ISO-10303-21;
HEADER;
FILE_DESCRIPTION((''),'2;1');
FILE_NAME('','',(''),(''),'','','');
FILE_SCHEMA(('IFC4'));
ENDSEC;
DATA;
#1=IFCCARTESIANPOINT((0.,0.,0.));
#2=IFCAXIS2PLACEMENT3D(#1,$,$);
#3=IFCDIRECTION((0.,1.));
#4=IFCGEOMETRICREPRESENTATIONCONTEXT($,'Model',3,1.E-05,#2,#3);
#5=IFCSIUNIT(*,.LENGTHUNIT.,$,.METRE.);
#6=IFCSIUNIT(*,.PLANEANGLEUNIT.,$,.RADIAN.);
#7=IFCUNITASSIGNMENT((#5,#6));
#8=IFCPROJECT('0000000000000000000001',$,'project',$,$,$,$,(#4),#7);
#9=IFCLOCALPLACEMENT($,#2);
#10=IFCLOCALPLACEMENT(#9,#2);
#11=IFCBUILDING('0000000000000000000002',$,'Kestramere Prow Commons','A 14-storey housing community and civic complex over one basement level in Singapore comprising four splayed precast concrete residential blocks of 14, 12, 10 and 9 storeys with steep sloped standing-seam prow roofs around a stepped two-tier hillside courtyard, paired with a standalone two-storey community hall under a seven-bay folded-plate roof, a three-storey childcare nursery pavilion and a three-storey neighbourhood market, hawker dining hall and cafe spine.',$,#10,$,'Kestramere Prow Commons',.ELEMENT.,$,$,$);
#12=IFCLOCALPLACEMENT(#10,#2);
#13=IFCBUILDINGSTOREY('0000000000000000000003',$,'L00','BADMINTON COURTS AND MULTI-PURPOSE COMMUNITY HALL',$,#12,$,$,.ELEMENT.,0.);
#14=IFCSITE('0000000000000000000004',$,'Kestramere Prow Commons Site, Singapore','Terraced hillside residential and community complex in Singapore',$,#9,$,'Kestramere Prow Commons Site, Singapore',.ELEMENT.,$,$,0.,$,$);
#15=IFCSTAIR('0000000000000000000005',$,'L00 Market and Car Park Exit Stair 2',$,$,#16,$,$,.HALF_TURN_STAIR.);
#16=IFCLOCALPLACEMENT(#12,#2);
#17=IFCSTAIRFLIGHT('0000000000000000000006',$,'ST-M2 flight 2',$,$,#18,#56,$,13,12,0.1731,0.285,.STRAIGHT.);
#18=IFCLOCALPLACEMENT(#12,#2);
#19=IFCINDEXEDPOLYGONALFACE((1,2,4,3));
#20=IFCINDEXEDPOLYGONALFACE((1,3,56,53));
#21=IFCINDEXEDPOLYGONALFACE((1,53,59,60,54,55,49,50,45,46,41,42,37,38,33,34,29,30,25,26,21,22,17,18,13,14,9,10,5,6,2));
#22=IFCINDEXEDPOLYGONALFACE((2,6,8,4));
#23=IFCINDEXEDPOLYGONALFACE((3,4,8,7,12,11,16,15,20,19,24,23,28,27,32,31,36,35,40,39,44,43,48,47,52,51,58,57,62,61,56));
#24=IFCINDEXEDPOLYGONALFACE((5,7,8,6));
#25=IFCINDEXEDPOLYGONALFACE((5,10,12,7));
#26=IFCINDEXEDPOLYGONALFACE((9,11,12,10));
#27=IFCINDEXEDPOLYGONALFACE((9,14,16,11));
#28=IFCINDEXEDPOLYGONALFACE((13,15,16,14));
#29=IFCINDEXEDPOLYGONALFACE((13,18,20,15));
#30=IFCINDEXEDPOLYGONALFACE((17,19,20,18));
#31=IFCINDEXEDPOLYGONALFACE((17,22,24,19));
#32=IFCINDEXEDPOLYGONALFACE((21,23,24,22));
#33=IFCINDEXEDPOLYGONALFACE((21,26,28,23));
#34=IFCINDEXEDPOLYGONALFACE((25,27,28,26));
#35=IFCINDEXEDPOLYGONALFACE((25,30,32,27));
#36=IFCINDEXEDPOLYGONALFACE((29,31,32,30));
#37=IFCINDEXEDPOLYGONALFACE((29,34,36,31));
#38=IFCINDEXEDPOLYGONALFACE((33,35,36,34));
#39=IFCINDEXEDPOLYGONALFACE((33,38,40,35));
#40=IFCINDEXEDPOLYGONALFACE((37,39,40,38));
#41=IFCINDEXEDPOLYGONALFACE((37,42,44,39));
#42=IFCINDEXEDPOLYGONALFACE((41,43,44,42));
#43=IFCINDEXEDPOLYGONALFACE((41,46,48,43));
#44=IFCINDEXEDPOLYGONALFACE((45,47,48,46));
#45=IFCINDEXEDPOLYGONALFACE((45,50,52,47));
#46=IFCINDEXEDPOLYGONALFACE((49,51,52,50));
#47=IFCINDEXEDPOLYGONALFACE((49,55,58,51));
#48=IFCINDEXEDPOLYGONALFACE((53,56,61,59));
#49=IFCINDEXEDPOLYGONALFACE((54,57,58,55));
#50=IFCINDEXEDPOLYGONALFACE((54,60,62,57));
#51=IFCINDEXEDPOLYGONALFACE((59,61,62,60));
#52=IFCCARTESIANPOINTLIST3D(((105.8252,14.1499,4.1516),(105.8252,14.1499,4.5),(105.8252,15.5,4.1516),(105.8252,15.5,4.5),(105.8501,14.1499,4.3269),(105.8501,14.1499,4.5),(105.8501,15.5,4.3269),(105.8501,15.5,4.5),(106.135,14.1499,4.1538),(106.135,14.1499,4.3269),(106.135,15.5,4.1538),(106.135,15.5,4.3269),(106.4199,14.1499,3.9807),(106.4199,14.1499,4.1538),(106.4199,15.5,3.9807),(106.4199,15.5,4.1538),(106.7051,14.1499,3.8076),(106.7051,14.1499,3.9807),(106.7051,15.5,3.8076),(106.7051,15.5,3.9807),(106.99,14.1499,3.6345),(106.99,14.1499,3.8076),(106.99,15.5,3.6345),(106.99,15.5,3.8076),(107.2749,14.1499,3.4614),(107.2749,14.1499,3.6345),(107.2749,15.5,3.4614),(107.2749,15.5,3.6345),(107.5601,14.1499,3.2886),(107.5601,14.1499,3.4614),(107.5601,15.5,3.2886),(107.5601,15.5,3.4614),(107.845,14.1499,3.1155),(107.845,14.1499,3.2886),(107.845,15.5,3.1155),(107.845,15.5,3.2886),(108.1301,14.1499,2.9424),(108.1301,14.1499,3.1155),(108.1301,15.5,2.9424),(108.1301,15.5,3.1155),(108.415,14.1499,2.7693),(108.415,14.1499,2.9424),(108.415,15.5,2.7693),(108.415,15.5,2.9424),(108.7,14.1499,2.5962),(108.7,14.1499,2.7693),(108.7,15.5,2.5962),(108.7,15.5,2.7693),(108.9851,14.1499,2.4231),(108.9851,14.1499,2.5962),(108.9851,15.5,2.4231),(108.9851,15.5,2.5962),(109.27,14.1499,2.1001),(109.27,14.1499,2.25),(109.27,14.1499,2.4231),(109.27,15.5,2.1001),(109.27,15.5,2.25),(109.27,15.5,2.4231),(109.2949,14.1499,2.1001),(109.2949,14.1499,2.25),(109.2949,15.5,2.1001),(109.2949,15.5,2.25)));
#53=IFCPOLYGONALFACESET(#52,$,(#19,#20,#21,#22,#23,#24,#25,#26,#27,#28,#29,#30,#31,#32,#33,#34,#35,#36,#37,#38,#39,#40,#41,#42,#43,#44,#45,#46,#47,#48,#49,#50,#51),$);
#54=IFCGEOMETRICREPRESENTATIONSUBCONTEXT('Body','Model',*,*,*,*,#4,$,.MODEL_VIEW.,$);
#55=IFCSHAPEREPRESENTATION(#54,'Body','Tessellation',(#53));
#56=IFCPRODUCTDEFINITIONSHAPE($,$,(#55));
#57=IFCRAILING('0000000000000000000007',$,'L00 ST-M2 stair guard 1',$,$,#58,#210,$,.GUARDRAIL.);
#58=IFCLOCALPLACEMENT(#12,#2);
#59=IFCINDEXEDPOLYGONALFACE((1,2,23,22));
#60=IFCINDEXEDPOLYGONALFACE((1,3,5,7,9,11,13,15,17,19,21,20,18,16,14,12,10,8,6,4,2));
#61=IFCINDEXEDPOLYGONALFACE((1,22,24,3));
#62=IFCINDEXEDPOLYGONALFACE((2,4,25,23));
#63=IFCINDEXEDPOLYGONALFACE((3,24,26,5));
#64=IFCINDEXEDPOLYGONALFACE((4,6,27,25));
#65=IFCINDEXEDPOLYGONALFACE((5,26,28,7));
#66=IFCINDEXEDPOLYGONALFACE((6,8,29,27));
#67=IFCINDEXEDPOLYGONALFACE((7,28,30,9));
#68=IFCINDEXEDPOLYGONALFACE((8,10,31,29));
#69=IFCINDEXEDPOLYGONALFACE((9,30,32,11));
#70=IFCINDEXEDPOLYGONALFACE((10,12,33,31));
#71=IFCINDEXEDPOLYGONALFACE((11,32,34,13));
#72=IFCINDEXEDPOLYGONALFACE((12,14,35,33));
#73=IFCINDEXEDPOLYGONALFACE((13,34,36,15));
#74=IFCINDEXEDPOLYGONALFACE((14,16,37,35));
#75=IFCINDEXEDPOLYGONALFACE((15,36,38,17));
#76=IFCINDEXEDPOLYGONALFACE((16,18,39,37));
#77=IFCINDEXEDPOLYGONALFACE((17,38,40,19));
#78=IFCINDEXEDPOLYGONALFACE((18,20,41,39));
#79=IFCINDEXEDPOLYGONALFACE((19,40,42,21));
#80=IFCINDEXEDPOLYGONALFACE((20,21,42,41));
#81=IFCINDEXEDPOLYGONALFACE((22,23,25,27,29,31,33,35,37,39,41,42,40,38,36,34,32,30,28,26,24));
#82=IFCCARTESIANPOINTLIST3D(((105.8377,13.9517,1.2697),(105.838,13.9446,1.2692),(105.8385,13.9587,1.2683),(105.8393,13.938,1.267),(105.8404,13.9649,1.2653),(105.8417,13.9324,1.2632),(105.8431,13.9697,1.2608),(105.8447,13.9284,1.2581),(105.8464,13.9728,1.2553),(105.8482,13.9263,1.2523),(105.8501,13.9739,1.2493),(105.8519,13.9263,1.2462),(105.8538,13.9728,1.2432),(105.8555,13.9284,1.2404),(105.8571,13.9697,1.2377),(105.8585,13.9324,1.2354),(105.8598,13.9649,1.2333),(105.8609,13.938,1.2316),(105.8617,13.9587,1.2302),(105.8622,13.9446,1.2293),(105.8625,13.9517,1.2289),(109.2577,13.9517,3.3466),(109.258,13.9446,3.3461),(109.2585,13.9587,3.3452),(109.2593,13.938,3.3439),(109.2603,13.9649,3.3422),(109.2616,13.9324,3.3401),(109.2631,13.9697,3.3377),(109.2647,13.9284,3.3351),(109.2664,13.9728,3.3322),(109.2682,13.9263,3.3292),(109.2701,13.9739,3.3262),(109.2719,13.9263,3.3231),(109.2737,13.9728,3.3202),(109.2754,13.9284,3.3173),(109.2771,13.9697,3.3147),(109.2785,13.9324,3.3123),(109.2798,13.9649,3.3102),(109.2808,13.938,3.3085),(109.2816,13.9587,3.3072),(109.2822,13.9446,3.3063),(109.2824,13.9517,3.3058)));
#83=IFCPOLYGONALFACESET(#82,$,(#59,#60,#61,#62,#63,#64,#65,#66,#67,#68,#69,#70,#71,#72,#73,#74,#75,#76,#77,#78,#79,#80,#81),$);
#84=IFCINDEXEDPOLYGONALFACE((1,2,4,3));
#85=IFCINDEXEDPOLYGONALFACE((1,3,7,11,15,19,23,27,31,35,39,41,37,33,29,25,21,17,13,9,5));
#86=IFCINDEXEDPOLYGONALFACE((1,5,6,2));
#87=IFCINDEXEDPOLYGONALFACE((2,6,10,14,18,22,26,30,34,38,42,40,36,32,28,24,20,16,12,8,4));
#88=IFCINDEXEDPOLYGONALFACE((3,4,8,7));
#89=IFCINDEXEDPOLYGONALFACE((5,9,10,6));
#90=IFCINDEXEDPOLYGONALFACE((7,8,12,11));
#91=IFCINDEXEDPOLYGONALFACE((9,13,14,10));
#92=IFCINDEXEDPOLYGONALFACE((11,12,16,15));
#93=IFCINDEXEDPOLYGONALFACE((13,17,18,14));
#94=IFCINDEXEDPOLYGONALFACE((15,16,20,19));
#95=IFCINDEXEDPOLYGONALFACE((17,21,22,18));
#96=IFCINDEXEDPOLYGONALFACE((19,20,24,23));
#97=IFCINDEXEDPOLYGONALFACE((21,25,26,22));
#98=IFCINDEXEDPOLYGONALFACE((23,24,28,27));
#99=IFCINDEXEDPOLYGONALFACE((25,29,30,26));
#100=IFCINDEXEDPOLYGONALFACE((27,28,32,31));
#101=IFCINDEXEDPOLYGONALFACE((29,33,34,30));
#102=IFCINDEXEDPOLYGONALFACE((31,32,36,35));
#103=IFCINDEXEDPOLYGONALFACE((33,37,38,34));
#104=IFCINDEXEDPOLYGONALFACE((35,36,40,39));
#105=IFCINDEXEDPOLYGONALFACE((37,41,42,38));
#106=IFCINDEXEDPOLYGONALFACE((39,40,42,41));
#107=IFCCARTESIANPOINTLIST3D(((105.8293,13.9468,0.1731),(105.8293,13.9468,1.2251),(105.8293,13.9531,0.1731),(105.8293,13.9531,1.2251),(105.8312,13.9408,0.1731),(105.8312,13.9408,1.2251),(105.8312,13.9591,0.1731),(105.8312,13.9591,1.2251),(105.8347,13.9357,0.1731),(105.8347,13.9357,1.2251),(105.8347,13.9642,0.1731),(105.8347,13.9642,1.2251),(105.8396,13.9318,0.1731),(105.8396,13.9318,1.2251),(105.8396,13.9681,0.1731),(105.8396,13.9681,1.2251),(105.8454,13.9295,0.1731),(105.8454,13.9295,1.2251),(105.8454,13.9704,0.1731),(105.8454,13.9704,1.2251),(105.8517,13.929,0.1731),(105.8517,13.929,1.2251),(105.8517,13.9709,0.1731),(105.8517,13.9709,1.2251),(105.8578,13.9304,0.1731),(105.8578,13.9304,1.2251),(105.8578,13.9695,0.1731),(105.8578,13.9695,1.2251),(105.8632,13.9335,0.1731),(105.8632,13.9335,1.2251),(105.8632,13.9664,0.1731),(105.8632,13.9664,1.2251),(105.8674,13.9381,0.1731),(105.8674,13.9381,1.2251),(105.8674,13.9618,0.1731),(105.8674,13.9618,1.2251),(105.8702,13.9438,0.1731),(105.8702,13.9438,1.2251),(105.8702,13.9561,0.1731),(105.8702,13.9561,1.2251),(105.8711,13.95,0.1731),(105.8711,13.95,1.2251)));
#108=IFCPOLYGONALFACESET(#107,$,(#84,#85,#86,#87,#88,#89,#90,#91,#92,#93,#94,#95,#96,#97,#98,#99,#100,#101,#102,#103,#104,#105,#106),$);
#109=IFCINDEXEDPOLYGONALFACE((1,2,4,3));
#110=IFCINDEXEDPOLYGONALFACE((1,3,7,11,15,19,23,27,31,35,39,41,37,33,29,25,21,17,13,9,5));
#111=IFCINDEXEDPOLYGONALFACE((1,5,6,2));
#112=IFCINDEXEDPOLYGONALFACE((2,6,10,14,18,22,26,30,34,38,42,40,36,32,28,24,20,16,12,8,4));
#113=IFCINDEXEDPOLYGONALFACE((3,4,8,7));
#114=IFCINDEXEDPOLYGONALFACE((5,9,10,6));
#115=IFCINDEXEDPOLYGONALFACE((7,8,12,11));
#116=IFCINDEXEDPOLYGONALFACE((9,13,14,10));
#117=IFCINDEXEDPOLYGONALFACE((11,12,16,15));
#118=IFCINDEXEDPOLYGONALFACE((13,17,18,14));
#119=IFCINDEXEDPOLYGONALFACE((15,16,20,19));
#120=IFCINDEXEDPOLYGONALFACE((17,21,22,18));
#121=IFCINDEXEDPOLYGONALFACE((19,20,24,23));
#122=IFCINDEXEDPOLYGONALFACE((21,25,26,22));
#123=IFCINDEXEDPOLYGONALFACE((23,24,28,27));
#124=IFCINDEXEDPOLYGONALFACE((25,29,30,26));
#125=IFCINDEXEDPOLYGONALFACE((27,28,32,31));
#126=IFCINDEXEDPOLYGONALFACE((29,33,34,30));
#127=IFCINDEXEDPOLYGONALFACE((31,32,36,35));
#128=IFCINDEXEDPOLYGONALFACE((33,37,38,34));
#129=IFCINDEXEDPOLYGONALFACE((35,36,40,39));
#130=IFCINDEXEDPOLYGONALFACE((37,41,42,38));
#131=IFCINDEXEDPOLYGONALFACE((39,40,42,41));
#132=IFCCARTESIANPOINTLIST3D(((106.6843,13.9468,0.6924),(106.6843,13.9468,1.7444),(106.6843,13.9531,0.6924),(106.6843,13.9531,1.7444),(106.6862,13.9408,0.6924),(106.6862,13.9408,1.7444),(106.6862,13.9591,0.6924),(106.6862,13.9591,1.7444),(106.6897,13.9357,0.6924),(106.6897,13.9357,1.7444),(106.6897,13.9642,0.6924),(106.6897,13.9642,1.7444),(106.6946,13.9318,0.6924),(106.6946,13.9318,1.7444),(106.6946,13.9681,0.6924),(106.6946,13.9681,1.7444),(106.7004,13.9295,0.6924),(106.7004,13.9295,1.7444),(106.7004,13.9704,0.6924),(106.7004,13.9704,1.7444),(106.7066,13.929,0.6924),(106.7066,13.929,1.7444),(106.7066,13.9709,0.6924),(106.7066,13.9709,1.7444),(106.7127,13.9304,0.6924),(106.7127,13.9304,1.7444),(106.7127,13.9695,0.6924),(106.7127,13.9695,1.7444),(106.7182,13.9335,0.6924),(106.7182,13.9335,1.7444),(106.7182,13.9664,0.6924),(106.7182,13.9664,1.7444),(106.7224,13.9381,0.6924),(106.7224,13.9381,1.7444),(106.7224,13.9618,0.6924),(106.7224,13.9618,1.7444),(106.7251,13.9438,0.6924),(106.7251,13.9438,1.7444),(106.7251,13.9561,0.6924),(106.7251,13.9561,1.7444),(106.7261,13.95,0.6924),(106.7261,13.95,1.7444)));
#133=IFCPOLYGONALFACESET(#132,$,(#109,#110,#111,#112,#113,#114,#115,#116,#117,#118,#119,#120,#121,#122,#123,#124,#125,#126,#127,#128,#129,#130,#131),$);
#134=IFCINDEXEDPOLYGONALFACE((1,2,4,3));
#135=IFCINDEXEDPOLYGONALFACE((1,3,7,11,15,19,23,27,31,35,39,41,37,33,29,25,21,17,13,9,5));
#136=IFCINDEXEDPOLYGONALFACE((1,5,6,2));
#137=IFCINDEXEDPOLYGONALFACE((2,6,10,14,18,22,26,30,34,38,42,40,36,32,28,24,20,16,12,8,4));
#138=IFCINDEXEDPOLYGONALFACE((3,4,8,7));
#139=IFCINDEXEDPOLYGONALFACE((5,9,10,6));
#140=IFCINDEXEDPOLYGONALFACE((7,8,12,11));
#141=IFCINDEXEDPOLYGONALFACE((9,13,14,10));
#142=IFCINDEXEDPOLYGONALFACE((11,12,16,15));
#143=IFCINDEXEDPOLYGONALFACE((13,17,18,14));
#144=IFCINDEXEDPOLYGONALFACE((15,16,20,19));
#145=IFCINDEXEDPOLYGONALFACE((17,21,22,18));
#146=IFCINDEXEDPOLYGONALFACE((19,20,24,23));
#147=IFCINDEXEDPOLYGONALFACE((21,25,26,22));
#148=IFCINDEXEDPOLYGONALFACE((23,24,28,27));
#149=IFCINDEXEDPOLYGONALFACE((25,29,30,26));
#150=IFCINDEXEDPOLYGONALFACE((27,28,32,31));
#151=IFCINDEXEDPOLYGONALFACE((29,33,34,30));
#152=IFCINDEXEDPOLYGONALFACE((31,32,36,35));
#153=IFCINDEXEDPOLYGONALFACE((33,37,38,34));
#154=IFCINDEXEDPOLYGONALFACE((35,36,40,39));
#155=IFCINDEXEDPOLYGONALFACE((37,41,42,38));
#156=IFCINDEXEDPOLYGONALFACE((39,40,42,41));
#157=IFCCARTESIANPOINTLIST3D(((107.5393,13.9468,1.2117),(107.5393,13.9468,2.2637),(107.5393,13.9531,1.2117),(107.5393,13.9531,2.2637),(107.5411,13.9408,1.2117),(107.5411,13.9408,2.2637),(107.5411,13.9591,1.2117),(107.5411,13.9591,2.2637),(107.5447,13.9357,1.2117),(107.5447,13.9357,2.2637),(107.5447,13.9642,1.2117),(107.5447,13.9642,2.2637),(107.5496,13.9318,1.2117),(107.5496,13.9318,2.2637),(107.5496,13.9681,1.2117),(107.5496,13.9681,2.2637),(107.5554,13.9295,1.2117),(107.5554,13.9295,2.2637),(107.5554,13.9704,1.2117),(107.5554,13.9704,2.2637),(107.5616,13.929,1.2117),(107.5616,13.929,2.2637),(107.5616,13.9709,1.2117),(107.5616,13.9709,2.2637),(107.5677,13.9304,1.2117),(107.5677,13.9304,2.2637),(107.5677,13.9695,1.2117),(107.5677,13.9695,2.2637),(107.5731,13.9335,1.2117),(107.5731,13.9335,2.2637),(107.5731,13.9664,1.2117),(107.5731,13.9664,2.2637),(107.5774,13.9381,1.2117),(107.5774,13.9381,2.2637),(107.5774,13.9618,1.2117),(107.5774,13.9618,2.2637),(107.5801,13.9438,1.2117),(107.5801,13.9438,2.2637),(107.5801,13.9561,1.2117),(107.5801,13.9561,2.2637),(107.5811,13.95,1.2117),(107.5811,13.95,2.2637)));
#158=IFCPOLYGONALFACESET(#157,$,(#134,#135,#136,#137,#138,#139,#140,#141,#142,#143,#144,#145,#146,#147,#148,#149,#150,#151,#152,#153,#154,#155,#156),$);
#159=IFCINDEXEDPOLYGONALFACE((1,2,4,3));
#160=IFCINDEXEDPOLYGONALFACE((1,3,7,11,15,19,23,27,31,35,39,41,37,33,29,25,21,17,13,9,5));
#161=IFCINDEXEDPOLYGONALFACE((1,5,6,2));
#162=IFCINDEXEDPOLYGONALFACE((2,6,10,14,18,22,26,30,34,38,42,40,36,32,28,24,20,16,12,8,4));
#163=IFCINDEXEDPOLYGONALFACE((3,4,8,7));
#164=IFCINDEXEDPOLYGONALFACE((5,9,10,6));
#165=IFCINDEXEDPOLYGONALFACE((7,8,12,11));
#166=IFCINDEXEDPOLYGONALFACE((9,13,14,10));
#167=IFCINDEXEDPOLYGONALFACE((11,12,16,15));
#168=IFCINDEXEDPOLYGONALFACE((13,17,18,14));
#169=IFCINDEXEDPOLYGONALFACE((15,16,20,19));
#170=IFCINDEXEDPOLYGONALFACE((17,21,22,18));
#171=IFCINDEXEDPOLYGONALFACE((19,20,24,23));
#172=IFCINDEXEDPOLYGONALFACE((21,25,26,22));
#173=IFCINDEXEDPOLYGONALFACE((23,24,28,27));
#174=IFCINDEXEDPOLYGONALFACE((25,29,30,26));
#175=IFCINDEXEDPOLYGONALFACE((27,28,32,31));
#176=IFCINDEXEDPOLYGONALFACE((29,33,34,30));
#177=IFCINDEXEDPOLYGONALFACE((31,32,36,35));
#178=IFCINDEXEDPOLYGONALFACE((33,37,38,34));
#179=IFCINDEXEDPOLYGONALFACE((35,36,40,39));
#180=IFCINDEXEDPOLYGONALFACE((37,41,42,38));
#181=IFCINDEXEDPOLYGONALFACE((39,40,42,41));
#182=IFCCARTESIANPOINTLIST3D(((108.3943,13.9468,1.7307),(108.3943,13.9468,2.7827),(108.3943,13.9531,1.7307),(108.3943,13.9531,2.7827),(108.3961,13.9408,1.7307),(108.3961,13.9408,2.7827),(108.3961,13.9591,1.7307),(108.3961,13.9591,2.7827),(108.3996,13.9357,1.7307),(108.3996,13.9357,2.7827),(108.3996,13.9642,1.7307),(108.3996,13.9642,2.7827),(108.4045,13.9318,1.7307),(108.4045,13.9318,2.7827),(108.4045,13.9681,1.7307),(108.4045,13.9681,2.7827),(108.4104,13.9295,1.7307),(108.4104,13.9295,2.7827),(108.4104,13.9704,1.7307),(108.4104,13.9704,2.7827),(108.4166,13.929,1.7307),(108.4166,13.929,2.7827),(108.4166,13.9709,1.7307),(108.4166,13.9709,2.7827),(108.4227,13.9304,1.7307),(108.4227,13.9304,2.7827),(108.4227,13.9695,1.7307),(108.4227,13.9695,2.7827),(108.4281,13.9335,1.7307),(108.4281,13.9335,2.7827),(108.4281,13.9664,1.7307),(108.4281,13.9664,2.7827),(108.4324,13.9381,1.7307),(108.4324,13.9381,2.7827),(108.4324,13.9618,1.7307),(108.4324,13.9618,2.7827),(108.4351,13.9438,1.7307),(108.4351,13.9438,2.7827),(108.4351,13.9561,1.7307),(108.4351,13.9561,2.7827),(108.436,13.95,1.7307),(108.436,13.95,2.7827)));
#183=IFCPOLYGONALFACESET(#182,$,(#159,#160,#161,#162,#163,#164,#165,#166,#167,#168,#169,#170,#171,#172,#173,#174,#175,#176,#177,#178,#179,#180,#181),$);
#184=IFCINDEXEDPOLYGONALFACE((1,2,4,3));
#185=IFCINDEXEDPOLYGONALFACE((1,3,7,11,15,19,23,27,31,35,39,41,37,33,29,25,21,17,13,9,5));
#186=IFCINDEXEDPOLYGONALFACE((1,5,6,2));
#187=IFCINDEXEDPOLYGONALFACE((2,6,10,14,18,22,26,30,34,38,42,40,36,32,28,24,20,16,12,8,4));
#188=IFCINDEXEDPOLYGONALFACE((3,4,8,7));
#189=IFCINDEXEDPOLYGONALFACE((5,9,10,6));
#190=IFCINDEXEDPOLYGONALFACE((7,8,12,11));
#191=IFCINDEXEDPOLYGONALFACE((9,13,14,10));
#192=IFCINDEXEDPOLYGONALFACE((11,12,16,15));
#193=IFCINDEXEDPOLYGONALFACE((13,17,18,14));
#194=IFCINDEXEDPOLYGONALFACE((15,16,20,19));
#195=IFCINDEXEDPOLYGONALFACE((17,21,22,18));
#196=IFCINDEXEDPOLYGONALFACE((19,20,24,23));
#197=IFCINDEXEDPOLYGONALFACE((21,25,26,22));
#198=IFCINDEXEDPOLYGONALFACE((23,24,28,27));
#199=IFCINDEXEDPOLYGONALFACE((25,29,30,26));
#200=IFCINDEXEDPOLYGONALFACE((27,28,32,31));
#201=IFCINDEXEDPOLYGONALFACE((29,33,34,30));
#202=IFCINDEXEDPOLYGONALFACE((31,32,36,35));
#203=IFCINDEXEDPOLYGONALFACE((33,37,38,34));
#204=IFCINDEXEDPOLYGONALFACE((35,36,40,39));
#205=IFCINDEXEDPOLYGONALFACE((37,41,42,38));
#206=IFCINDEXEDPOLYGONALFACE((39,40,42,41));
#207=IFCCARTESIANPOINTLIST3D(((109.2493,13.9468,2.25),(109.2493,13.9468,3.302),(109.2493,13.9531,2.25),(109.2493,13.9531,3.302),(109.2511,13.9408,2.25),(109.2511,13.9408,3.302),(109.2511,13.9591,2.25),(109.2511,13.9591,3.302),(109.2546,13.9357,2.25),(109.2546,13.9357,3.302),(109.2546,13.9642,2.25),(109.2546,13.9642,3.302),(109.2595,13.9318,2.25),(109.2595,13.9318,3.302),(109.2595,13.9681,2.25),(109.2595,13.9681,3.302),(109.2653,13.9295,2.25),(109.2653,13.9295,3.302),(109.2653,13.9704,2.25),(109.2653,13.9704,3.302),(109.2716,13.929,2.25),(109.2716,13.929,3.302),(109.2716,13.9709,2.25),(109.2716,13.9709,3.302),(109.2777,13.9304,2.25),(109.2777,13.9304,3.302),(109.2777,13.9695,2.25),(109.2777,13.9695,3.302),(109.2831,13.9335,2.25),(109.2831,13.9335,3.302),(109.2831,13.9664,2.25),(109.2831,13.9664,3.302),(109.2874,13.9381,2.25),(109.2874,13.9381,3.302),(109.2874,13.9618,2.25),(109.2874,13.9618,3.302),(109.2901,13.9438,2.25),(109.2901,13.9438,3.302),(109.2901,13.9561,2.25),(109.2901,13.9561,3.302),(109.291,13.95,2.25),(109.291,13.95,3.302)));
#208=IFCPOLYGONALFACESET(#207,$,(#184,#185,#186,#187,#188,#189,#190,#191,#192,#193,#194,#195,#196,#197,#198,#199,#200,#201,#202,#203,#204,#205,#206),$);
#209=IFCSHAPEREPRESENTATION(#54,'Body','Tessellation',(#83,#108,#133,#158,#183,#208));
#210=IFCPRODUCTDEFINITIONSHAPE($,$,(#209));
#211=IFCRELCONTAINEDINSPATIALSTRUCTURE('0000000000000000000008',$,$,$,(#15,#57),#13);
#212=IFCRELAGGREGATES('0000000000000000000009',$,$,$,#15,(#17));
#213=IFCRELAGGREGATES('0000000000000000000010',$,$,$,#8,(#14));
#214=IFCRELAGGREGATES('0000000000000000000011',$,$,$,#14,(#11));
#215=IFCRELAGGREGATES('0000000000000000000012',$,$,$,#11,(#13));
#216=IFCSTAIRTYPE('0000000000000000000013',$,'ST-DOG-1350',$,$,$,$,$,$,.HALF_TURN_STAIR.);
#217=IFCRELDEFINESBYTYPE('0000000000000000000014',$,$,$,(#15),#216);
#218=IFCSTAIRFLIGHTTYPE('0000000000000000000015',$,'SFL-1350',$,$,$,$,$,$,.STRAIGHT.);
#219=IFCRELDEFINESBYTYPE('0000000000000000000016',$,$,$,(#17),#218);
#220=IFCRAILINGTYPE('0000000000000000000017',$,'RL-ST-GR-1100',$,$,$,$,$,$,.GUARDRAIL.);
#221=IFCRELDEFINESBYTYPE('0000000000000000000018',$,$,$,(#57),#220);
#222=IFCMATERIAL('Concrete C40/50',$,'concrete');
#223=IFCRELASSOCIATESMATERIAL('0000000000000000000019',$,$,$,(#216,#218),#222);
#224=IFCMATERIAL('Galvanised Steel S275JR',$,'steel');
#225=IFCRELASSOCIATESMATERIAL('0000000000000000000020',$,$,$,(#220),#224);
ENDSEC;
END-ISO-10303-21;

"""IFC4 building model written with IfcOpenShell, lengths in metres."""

from ifc_helpers import new_model, si_unit, direction, frame, origin, origin_2d, place, context, subcontext, project, spatial, polyline, circle, outline, extrude, material, type_object, element, aggregate, save


model = new_model("IFC4")

# Units and contexts
model_context = context("Model", 3, precision=1e-05, world=origin(), true_north=direction((0.0, 1.0)))
body_context = subcontext(model_context, "Body", "Model", "MODEL_VIEW")
ifc_project = project(units=[si_unit("LENGTHUNIT", "METRE"), si_unit("PLANEANGLEUNIT", "RADIAN")], contexts=[model_context])

# Site, building, storey
site_placement = place(None, origin())
site = spatial("IfcSite", under=ifc_project, at=site_placement, Name="Kestramere Prow Commons Site, Singapore", Description="Terraced hillside residential and community complex in Singapore", LongName="Kestramere Prow Commons Site, Singapore", CompositionType="ELEMENT", RefElevation=0.0)
building_placement = place(site_placement, origin())
building = spatial("IfcBuilding", under=site, at=building_placement, Name="Kestramere Prow Commons", Description="A 14-storey housing community and civic complex over one basement level in Singapore comprising four splayed precast concrete residential blocks of 14, 12, 10 and 9 storeys with steep sloped standing-seam prow roofs around a stepped two-tier hillside courtyard, paired with a standalone two-storey community hall under a seven-bay folded-plate roof, a three-storey childcare nursery pavilion and a three-storey neighbourhood market, hawker dining hall and cafe spine.", LongName="Kestramere Prow Commons", CompositionType="ELEMENT")
storey_placement = place(building_placement, origin())
storey = spatial("IfcBuildingStorey", under=building, at=storey_placement, Name="L00", Description="BADMINTON COURTS AND MULTI-PURPOSE COMMUNITY HALL", CompositionType="ELEMENT", Elevation=0.0)

# Shared definitions
ifc_material_1 = material(Name="Concrete C40/50", Category="concrete")

# Stair, stair flight
stair_type = type_object("IfcStairType", Name="ST-DOG-1350", PredefinedType="HALF_TURN_STAIR", material=ifc_material_1)
stair_placement = place(storey_placement, origin())
stair = element("IfcStair", 1, at=stair_placement, inside=storey, type_object=stair_type, Name="L00 Market and Car Park Exit Stair 2", PredefinedType="HALF_TURN_STAIR")
stair_flight_type = type_object("IfcStairFlightType", Name="SFL-1350", PredefinedType="STRAIGHT", material=ifc_material_1)
stair_flight_1_placement = place(storey_placement, frame((109.27, 14.825, 2.25), z_axis=(0.0, 0.0, 1.0), x_axis=(-1.0, 0.0, 0.0)))
stair_flight_1 = element("IfcStairFlight", 2, at=stair_flight_1_placement, type_object=stair_flight_type, Name="ST-M2 flight 2", NumberOfRisers=13, NumberOfTreads=12, PredefinedType="STRAIGHT", RiserHeight=0.1731, TreadLength=0.285, context=body_context, shape_type="SweptSolid", body=[
    extrude(outline(polyline([(-0.0249, 0.0), (0.0, 0.0), (0.0, 0.1731), (0.2849, 0.1731), (0.2849, 0.3462), (0.5701, 0.3462), (0.5701, 0.5193), (0.855, 0.5193), (0.855, 0.6924), (1.1399, 0.6924), (1.1399, 0.8655), (1.425, 0.8655), (1.425, 1.0386), (1.71, 1.0386), (1.71, 1.2114), (1.9951, 1.2114), (1.9951, 1.3845), (2.28, 1.3845), (2.28, 1.5576), (2.5649, 1.5576), (2.5649, 1.7307), (2.8501, 1.7307), (2.8501, 1.9038), (3.135, 1.9038), (3.135, 2.0769), (3.4199, 2.0769), (3.4199, 2.25), (3.4448, 2.25), (3.4448, 1.9016), (0.0, -0.1499), (-0.0249, -0.1499), (-0.0249, 0.0)])), frame((0.0, 0.675, 0.0), z_axis=(0.0, -1.0, 0.0), x_axis=(1.0, 0.0, 0.0)), (0.0, 0.0, 1.0), 1.3501),
])
aggregate(stair, [stair_flight_1])

# Railing
ifc_material_2 = material(Name="Galvanised Steel S275JR", Category="steel")
railing_type_1 = type_object("IfcRailingType", Name="RL-ST-GR-1100", PredefinedType="GUARDRAIL", material=ifc_material_2)
railing_1_placement = place(storey_placement, frame((105.8501, 13.95, 0.1731)))
element("IfcRailing", 3, at=railing_1_placement, inside=storey, type_object=railing_type_1, Name="L00 ST-M2 stair guard 1", PredefinedType="GUARDRAIL", context=body_context, shape_type="SweptSolid", body=[
    extrude(circle(Radius=0.0239, at=origin_2d()), frame((0.0, 0.0, 1.0762), z_axis=(0.85473, 0.0, 0.519074), x_axis=(0.0, 1.0, 0.0)), (0.0, 0.0, 1.0), 4.0012),
    extrude(circle(Radius=0.021, at=origin_2d()), origin(), (0.0, 0.0, 1.0), 1.052),
    extrude(circle(Radius=0.021, at=origin_2d()), frame((0.855, 0.0, 0.5193)), (0.0, 0.0, 1.0), 1.052),
    extrude(circle(Radius=0.021, at=origin_2d()), frame((1.71, 0.0, 1.0386)), (0.0, 0.0, 1.0), 1.052),
    extrude(circle(Radius=0.021, at=origin_2d()), frame((2.5649, 0.0, 1.5576)), (0.0, 0.0, 1.0), 1.052),
    extrude(circle(Radius=0.021, at=origin_2d()), frame((3.4199, 0.0, 2.0769)), (0.0, 0.0, 1.0), 1.052),
])

save(model, "model.ifc")
